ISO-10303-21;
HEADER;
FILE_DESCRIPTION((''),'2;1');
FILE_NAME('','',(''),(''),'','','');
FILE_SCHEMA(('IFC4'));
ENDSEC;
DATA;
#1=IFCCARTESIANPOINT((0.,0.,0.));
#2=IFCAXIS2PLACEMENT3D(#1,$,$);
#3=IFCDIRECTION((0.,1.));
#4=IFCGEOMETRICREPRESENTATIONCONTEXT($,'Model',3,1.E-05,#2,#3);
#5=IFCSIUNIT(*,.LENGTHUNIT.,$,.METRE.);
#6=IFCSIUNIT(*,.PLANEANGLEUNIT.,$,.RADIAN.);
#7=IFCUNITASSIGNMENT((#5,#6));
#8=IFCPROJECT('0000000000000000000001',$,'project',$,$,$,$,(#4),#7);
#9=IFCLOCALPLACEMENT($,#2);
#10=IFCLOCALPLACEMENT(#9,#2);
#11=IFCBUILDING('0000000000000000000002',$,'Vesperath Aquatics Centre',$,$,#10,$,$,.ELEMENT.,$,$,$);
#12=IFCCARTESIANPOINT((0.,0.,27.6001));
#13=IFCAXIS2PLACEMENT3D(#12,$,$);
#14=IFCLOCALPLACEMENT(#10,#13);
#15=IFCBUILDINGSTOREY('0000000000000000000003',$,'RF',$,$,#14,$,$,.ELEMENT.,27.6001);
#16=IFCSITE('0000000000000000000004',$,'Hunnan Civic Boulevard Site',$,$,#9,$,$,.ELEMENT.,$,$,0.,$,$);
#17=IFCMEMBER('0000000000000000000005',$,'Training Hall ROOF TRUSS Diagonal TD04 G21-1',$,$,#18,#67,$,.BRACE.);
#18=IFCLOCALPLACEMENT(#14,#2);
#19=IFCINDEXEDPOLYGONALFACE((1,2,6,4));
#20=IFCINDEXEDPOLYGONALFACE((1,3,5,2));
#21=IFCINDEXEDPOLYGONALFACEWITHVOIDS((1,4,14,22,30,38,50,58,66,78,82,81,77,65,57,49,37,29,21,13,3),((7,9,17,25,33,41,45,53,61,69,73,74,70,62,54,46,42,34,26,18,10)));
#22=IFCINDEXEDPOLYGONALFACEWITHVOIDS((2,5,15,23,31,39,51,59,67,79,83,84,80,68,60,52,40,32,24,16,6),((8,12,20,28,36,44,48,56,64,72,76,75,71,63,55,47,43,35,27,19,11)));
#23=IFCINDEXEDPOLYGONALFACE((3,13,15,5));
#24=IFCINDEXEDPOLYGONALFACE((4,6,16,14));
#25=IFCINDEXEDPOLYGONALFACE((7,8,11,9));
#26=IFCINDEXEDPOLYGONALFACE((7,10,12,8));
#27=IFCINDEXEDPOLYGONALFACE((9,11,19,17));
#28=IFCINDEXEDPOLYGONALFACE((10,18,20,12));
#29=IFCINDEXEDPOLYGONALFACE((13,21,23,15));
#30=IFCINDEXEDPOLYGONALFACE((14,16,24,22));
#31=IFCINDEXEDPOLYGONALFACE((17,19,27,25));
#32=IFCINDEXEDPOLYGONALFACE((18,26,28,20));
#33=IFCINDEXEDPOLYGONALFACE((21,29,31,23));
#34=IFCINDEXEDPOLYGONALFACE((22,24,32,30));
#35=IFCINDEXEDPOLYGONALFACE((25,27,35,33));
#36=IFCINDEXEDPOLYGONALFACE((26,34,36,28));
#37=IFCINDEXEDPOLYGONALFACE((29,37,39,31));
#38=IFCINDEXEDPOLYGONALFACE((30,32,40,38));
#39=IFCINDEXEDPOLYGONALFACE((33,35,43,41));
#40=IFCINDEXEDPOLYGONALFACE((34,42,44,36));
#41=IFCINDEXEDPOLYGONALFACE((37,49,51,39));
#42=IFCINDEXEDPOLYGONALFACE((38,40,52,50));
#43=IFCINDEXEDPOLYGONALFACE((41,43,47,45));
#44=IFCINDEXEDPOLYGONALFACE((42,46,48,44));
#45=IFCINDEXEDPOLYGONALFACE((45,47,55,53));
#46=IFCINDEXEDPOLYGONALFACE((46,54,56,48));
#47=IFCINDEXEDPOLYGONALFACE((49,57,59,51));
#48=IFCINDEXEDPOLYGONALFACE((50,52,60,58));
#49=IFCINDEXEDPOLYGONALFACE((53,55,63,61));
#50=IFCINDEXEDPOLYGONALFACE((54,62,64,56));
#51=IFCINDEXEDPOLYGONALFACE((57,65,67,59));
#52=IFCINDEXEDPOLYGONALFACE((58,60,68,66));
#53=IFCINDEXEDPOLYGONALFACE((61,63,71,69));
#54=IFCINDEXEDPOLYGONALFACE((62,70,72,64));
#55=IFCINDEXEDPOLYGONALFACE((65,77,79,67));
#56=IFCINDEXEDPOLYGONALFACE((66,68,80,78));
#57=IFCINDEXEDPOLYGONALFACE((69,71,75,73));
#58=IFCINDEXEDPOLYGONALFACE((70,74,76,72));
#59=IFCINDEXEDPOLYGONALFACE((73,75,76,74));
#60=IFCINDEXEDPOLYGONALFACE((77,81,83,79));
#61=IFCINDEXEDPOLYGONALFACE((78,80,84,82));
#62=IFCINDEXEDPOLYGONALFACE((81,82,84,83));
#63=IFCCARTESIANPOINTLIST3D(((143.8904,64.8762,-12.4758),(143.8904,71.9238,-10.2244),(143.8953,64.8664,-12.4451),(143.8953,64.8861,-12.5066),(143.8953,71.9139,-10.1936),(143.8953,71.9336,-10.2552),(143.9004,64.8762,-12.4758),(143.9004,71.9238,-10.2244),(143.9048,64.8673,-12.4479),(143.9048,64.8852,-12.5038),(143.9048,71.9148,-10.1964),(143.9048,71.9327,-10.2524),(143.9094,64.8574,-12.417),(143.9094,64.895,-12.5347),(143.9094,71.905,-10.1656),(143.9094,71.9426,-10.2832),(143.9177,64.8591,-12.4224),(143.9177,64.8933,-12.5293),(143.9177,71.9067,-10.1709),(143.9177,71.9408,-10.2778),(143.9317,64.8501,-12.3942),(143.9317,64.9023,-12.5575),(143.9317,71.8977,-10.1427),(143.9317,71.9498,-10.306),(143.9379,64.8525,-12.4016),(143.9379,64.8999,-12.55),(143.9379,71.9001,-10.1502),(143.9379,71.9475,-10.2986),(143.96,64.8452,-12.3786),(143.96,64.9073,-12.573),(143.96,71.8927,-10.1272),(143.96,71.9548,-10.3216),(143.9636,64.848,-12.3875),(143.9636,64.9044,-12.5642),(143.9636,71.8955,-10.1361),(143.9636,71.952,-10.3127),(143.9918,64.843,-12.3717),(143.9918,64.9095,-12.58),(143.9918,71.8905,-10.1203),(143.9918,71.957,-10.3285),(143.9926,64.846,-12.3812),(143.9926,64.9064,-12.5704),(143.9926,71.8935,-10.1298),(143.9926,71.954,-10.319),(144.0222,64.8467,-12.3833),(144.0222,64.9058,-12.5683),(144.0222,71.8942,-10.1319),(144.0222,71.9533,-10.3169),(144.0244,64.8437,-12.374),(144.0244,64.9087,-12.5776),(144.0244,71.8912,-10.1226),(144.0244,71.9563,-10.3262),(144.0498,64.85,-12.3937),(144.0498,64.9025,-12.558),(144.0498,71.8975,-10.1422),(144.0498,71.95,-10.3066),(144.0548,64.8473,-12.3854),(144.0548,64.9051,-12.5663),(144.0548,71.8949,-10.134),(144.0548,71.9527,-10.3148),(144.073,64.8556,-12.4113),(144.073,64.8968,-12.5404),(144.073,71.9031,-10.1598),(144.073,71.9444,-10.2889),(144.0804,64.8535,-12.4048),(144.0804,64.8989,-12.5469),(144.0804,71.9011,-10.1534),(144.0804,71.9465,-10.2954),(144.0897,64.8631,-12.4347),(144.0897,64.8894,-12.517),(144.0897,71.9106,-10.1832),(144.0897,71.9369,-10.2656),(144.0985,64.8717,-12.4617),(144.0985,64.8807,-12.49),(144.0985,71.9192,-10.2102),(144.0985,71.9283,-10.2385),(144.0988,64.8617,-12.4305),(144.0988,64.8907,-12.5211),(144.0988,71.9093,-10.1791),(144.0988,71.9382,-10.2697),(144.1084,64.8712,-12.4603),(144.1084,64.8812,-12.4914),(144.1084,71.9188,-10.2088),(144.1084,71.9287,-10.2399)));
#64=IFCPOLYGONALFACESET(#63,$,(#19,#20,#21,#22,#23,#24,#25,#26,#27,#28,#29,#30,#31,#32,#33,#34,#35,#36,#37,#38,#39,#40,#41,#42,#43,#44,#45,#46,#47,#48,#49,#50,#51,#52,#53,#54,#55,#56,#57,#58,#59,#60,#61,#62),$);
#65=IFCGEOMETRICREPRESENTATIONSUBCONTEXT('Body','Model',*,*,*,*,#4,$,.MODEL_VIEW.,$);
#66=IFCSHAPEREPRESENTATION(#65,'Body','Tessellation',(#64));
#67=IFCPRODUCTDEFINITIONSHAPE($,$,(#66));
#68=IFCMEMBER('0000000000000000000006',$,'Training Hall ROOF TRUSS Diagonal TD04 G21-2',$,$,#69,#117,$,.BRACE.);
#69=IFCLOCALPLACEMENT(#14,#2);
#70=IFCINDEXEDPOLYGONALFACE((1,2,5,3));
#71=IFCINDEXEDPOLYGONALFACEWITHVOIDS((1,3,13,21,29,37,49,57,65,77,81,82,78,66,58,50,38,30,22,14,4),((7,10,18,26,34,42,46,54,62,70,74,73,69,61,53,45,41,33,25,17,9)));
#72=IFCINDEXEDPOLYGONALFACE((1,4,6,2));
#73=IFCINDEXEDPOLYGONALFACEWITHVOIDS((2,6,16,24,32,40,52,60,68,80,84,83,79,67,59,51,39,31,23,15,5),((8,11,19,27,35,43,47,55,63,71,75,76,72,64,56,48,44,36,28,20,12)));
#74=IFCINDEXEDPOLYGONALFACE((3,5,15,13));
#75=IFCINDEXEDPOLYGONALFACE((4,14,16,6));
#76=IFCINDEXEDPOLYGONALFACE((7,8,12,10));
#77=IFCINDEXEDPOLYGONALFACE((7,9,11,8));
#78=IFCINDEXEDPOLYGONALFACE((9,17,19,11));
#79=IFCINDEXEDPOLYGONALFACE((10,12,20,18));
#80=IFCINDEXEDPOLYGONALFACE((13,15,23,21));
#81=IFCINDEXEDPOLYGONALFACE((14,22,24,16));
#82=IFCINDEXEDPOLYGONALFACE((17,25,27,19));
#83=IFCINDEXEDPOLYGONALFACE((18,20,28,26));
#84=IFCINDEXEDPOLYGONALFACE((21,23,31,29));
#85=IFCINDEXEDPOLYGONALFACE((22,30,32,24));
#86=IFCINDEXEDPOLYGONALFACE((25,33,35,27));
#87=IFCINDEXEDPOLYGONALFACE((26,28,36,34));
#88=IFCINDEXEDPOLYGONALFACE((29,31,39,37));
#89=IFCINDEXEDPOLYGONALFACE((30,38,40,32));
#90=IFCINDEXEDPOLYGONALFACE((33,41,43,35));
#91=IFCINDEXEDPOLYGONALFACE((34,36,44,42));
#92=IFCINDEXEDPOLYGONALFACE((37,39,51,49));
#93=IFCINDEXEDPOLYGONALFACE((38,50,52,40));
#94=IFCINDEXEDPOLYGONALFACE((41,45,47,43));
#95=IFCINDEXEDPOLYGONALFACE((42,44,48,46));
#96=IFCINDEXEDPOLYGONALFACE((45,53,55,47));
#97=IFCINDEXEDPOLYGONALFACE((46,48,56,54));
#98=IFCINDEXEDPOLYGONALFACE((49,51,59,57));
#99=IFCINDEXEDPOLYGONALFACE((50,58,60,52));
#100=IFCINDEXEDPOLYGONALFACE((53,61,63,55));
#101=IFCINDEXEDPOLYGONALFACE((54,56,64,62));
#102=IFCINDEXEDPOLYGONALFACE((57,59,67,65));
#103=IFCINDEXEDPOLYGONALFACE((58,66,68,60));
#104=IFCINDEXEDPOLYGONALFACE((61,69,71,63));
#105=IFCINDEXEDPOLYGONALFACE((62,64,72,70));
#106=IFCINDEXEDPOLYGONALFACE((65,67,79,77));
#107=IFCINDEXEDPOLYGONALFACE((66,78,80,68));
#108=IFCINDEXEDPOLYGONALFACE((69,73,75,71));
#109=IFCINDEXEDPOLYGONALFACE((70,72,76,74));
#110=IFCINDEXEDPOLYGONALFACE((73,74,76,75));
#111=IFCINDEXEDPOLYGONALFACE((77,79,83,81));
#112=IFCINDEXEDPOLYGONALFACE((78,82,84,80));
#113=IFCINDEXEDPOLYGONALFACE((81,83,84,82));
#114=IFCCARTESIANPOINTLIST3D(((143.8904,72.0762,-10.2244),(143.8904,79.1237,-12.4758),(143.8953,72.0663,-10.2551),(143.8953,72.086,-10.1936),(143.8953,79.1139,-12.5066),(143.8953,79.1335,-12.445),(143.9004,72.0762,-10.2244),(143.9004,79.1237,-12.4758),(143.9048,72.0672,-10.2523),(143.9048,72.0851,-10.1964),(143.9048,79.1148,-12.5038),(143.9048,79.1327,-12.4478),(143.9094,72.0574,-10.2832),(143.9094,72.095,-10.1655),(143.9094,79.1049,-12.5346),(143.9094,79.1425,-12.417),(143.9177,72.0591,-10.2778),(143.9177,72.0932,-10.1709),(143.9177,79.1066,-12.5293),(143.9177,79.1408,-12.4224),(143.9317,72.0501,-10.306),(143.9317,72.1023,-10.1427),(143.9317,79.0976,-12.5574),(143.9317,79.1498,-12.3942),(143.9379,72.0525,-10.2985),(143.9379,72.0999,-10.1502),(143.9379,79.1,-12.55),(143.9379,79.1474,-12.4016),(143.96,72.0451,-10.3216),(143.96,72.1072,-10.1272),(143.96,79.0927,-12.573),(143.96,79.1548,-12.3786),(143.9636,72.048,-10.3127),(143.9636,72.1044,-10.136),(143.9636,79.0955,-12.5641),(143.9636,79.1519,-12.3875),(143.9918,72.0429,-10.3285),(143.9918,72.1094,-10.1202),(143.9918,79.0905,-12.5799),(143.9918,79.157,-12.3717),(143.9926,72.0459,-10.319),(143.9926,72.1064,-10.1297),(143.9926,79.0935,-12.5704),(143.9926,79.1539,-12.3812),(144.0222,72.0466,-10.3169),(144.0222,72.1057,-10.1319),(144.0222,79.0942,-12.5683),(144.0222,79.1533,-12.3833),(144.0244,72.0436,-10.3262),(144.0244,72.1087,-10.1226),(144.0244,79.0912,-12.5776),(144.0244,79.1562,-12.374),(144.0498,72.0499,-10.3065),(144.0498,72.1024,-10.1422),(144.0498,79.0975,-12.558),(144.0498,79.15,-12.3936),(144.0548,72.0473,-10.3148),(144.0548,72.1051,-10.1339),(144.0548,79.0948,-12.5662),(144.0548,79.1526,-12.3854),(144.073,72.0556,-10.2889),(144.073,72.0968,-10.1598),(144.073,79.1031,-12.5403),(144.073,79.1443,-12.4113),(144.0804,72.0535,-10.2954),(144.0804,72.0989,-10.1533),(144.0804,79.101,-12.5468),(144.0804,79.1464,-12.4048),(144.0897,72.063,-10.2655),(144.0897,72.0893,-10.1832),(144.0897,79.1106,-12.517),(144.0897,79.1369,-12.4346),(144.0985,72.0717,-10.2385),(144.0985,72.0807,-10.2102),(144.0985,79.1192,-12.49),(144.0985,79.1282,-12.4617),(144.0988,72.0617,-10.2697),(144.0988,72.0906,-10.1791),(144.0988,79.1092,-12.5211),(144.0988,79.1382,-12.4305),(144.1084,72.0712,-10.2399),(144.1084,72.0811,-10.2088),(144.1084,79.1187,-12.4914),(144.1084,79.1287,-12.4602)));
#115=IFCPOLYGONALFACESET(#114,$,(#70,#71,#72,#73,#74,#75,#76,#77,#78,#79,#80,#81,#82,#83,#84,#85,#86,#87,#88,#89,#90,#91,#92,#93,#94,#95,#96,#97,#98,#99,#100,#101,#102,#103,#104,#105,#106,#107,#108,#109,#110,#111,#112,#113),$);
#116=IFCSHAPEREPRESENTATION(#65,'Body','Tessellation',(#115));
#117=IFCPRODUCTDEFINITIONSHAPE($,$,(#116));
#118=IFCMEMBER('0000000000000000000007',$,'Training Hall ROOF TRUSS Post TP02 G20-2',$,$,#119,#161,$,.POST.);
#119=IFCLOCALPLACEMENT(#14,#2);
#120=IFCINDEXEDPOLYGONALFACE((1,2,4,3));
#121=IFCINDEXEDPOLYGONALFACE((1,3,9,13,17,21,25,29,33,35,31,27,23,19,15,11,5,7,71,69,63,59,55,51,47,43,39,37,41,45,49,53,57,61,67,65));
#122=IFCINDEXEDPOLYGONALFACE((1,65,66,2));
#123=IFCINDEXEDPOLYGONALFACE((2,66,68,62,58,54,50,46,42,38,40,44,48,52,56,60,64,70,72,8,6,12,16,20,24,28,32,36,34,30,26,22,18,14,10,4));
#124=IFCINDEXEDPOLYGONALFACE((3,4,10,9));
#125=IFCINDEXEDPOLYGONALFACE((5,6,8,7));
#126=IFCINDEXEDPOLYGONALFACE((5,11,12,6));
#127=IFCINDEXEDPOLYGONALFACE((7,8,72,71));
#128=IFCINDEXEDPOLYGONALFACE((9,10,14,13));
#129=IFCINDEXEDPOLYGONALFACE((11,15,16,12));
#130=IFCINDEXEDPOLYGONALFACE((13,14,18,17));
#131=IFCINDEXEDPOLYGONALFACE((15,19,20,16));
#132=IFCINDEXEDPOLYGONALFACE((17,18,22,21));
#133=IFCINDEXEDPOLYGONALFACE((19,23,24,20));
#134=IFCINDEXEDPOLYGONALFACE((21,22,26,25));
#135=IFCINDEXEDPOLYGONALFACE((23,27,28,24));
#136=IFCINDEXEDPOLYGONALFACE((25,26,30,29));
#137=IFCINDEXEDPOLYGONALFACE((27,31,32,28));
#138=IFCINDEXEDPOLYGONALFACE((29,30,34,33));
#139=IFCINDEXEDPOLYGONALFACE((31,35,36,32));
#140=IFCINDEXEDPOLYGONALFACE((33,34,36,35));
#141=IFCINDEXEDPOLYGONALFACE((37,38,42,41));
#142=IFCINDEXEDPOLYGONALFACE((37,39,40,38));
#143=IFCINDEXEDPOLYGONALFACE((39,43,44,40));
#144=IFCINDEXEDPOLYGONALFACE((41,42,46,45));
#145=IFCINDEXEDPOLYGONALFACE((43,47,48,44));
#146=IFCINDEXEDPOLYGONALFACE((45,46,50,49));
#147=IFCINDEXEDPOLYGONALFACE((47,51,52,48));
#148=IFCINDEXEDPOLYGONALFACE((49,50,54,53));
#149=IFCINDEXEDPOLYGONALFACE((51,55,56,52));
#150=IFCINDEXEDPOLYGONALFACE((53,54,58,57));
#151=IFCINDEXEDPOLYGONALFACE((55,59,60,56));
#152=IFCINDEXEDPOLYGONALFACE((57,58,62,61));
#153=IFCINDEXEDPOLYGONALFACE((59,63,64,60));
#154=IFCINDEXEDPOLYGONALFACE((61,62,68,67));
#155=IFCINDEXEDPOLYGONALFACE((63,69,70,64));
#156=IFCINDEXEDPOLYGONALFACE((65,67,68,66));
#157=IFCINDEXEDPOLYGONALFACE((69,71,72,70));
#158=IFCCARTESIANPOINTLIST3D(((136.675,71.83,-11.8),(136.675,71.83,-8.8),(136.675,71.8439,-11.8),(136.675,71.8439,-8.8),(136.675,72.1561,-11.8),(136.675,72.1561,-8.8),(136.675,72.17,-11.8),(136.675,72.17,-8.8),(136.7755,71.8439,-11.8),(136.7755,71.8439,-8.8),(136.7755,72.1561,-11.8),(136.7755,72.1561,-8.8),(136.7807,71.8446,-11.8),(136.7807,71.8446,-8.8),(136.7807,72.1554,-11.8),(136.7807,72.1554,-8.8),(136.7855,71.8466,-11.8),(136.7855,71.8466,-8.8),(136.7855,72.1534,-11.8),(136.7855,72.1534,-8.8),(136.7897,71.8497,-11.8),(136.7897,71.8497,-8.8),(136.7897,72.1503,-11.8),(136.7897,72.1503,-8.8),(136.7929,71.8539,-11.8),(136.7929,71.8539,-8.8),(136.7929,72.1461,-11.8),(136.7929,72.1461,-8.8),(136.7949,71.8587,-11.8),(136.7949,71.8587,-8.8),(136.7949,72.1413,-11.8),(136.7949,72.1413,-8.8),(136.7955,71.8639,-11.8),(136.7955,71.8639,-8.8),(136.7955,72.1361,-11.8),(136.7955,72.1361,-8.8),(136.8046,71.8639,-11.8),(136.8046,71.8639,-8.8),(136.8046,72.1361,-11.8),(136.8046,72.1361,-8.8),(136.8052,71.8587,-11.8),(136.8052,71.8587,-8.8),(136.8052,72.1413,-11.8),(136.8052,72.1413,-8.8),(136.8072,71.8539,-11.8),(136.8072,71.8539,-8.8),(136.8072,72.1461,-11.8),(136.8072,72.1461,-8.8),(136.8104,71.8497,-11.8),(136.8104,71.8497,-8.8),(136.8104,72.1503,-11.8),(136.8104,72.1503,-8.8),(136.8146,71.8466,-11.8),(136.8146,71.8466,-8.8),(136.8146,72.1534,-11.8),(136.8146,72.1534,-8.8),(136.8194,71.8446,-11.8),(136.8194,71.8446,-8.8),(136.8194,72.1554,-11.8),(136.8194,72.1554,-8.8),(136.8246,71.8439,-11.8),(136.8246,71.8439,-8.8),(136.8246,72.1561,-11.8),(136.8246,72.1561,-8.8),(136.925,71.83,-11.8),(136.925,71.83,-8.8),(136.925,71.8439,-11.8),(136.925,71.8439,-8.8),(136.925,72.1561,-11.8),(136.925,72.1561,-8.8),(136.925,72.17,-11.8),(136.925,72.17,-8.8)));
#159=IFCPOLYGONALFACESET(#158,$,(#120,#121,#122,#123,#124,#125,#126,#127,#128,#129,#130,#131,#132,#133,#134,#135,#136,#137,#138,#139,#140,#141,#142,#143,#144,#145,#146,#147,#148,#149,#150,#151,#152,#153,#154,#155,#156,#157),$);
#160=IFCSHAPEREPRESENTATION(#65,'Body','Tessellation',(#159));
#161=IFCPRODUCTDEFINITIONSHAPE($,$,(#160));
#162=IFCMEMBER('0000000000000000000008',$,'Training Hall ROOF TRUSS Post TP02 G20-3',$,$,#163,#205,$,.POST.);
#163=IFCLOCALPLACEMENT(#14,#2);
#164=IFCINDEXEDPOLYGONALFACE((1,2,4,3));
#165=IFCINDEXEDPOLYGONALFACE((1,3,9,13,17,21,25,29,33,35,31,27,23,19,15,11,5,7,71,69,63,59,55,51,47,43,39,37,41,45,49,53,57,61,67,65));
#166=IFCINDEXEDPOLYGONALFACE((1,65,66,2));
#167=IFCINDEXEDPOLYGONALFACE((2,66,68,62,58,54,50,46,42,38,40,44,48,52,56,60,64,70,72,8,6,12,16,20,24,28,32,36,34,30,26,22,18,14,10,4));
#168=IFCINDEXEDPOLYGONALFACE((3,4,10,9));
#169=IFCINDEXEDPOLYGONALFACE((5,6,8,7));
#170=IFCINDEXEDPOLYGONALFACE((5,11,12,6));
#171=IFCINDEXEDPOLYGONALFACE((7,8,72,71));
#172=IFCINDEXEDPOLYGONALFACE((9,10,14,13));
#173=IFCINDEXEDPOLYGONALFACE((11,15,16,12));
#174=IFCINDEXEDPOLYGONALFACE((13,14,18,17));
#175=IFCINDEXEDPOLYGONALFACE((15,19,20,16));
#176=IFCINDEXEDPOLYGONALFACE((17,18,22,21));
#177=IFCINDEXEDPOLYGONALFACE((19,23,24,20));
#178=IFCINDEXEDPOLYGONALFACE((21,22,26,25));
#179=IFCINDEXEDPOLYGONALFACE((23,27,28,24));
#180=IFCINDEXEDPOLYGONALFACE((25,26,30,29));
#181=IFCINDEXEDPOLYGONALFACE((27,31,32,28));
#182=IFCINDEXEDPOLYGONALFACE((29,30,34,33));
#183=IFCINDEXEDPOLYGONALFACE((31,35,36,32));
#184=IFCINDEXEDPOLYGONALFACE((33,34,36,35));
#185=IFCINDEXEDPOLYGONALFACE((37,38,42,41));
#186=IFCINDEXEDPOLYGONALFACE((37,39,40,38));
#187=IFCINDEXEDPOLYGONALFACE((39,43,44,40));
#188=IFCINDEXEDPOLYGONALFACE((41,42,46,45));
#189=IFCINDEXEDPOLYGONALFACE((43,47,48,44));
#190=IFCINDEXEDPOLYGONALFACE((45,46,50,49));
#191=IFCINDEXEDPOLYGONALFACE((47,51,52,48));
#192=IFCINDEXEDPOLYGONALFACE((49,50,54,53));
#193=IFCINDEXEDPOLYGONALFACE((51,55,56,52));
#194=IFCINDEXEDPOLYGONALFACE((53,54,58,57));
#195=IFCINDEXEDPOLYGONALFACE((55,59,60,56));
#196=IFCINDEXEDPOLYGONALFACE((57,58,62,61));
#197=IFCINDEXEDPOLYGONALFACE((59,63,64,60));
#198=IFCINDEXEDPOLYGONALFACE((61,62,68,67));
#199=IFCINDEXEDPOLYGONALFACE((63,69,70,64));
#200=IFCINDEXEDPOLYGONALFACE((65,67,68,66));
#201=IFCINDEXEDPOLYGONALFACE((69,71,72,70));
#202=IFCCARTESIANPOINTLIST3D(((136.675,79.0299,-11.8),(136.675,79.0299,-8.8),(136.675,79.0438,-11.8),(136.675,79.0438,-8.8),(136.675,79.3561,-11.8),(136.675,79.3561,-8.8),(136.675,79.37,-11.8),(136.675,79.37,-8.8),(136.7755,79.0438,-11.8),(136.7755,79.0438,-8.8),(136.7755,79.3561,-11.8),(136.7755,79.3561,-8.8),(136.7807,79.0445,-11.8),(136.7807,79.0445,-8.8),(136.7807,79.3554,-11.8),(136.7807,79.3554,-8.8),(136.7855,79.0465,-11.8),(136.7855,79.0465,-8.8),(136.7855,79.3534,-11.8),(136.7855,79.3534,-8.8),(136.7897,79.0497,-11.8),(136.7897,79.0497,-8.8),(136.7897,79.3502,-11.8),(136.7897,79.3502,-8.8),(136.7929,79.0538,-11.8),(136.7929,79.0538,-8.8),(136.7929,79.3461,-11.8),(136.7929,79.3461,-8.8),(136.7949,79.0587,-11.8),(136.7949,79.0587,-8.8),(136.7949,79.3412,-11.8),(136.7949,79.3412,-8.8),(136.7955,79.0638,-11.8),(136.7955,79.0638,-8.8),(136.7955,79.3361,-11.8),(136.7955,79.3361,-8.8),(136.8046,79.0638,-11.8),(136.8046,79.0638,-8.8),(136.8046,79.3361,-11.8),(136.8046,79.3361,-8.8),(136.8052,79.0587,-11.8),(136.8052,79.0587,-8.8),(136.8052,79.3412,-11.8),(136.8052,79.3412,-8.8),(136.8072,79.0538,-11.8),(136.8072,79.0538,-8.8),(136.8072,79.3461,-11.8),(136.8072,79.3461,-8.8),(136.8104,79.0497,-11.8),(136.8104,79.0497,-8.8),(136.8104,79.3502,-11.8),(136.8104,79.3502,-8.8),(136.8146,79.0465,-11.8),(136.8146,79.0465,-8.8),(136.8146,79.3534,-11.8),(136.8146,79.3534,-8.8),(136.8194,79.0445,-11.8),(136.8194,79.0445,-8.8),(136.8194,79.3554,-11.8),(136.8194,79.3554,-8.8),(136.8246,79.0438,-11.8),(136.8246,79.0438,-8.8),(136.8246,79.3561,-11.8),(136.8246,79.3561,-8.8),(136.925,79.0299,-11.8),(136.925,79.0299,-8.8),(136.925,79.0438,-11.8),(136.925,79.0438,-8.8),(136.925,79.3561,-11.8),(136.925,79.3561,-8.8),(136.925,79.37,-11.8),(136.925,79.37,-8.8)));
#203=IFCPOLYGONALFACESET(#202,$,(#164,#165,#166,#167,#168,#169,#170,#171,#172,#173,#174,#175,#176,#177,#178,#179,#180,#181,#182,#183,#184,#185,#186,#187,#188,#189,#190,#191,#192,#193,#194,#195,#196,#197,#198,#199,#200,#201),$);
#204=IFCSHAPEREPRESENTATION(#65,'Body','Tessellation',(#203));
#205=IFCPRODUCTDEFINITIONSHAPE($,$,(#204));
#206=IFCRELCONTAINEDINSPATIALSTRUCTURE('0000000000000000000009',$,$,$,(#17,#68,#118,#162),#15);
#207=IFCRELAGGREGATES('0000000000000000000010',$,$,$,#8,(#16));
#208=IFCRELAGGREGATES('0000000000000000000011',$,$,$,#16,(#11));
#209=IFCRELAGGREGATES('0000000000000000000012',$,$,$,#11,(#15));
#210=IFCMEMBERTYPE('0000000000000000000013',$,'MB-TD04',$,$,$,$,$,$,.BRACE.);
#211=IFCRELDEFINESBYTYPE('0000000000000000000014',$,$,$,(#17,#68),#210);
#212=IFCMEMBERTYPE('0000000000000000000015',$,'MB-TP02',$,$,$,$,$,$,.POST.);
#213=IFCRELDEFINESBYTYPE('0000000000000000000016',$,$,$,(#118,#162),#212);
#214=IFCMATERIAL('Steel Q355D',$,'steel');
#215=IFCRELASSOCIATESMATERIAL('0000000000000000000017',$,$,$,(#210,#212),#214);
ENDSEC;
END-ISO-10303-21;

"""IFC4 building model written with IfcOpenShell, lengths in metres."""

from ifc_helpers import new_model, si_unit, direction, frame, origin, origin_2d, place, context, subcontext, project, spatial, hollow_circle, i_section, extrude, material, material_profile, profile_set, type_object, element, save


model = new_model("IFC4")

# Units and contexts
model_context = context("Model", 3, precision=1e-05, world=origin(), true_north=direction((0.0, 1.0)))
body_context = subcontext(model_context, "Body", "Model", "MODEL_VIEW")
ifc_project = project(units=[si_unit("LENGTHUNIT", "METRE"), si_unit("PLANEANGLEUNIT", "RADIAN")], contexts=[model_context])

# Site, building, storey
site_placement = place(None, origin())
site = spatial("IfcSite", under=ifc_project, at=site_placement, Name="Hunnan Civic Boulevard Site", CompositionType="ELEMENT", RefElevation=0.0)
building_placement = place(site_placement, origin())
building = spatial("IfcBuilding", under=site, at=building_placement, Name="Vesperath Aquatics Centre", CompositionType="ELEMENT")
storey_placement = place(building_placement, frame((0.0, 0.0, 27.6001)))
storey = spatial("IfcBuildingStorey", under=building, at=storey_placement, Name="RF", CompositionType="ELEMENT", Elevation=27.6001)

# Members
ifc_material_1 = material(Name="Steel Q355D", Category="steel")
ifc_material_profile_1 = material_profile(ifc_material_1, hollow_circle(Radius=0.1096, WallThickness=0.01, at=origin_2d()), Name="CHS 219.1x10")
ifc_profile_set_1 = profile_set([ifc_material_profile_1], Name="Steel Q355D")
member_type_1 = type_object("IfcMemberType", Name="MB-TD04", PredefinedType="BRACE", material=ifc_profile_set_1)
for number, where, z_axis, x_axis, name in (
    (1, (144.0, 64.8762, -12.4758), (0.0, 0.952572, 0.304314), (-1.0, 0.0, 0.0), "Training Hall ROOF TRUSS Diagonal TD04 G21-1"),
    (2, (144.0, 72.0762, -10.2244), (0.0, 0.952572, -0.304314), (-1.0, 0.0, 0.0), "Training Hall ROOF TRUSS Diagonal TD04 G21-2"),
):
    element("IfcMember", number, at=place(storey_placement, frame(where, z_axis=z_axis, x_axis=x_axis)), inside=storey, type_object=member_type_1, Name=name, PredefinedType="BRACE", context=body_context, shape_type="SweptSolid", body=[
        extrude(hollow_circle(Radius=0.1096, WallThickness=0.01, at=origin_2d()), origin(), (0.0, 0.0, 1.0), 7.3984),
    ])
ifc_material_profile_2 = material_profile(ifc_material_1, i_section(OverallWidth=0.25, OverallDepth=0.3401, WebThickness=0.009, FlangeThickness=0.0139, FilletRadius=0.02, at=origin_2d()), Name="HM 340x250x9x14")
ifc_profile_set_2 = profile_set([ifc_material_profile_2], Name="Steel Q355D")
member_type_2 = type_object("IfcMemberType", Name="MB-TP02", PredefinedType="POST", material=ifc_profile_set_2)
for number, where, z_axis, x_axis, name in (
    (3, (136.8, 72.0, -11.8), (0.0, 0.0, 1.0), (1.0, 0.0, 0.0), "Training Hall ROOF TRUSS Post TP02 G20-2"),
    (4, (136.8, 79.2, -11.8), (0.0, 0.0, 1.0), (1.0, 0.0, 0.0), "Training Hall ROOF TRUSS Post TP02 G20-3"),
):
    element("IfcMember", number, at=place(storey_placement, frame(where, z_axis=z_axis, x_axis=x_axis)), inside=storey, type_object=member_type_2, Name=name, PredefinedType="POST", context=body_context, shape_type="SweptSolid", body=[
        extrude(i_section(OverallWidth=0.25, OverallDepth=0.3401, WebThickness=0.009, FlangeThickness=0.0139, FilletRadius=0.02, at=origin_2d()), origin(), (0.0, 0.0, 1.0), 3.0),
    ])

save(model, "model.ifc")
